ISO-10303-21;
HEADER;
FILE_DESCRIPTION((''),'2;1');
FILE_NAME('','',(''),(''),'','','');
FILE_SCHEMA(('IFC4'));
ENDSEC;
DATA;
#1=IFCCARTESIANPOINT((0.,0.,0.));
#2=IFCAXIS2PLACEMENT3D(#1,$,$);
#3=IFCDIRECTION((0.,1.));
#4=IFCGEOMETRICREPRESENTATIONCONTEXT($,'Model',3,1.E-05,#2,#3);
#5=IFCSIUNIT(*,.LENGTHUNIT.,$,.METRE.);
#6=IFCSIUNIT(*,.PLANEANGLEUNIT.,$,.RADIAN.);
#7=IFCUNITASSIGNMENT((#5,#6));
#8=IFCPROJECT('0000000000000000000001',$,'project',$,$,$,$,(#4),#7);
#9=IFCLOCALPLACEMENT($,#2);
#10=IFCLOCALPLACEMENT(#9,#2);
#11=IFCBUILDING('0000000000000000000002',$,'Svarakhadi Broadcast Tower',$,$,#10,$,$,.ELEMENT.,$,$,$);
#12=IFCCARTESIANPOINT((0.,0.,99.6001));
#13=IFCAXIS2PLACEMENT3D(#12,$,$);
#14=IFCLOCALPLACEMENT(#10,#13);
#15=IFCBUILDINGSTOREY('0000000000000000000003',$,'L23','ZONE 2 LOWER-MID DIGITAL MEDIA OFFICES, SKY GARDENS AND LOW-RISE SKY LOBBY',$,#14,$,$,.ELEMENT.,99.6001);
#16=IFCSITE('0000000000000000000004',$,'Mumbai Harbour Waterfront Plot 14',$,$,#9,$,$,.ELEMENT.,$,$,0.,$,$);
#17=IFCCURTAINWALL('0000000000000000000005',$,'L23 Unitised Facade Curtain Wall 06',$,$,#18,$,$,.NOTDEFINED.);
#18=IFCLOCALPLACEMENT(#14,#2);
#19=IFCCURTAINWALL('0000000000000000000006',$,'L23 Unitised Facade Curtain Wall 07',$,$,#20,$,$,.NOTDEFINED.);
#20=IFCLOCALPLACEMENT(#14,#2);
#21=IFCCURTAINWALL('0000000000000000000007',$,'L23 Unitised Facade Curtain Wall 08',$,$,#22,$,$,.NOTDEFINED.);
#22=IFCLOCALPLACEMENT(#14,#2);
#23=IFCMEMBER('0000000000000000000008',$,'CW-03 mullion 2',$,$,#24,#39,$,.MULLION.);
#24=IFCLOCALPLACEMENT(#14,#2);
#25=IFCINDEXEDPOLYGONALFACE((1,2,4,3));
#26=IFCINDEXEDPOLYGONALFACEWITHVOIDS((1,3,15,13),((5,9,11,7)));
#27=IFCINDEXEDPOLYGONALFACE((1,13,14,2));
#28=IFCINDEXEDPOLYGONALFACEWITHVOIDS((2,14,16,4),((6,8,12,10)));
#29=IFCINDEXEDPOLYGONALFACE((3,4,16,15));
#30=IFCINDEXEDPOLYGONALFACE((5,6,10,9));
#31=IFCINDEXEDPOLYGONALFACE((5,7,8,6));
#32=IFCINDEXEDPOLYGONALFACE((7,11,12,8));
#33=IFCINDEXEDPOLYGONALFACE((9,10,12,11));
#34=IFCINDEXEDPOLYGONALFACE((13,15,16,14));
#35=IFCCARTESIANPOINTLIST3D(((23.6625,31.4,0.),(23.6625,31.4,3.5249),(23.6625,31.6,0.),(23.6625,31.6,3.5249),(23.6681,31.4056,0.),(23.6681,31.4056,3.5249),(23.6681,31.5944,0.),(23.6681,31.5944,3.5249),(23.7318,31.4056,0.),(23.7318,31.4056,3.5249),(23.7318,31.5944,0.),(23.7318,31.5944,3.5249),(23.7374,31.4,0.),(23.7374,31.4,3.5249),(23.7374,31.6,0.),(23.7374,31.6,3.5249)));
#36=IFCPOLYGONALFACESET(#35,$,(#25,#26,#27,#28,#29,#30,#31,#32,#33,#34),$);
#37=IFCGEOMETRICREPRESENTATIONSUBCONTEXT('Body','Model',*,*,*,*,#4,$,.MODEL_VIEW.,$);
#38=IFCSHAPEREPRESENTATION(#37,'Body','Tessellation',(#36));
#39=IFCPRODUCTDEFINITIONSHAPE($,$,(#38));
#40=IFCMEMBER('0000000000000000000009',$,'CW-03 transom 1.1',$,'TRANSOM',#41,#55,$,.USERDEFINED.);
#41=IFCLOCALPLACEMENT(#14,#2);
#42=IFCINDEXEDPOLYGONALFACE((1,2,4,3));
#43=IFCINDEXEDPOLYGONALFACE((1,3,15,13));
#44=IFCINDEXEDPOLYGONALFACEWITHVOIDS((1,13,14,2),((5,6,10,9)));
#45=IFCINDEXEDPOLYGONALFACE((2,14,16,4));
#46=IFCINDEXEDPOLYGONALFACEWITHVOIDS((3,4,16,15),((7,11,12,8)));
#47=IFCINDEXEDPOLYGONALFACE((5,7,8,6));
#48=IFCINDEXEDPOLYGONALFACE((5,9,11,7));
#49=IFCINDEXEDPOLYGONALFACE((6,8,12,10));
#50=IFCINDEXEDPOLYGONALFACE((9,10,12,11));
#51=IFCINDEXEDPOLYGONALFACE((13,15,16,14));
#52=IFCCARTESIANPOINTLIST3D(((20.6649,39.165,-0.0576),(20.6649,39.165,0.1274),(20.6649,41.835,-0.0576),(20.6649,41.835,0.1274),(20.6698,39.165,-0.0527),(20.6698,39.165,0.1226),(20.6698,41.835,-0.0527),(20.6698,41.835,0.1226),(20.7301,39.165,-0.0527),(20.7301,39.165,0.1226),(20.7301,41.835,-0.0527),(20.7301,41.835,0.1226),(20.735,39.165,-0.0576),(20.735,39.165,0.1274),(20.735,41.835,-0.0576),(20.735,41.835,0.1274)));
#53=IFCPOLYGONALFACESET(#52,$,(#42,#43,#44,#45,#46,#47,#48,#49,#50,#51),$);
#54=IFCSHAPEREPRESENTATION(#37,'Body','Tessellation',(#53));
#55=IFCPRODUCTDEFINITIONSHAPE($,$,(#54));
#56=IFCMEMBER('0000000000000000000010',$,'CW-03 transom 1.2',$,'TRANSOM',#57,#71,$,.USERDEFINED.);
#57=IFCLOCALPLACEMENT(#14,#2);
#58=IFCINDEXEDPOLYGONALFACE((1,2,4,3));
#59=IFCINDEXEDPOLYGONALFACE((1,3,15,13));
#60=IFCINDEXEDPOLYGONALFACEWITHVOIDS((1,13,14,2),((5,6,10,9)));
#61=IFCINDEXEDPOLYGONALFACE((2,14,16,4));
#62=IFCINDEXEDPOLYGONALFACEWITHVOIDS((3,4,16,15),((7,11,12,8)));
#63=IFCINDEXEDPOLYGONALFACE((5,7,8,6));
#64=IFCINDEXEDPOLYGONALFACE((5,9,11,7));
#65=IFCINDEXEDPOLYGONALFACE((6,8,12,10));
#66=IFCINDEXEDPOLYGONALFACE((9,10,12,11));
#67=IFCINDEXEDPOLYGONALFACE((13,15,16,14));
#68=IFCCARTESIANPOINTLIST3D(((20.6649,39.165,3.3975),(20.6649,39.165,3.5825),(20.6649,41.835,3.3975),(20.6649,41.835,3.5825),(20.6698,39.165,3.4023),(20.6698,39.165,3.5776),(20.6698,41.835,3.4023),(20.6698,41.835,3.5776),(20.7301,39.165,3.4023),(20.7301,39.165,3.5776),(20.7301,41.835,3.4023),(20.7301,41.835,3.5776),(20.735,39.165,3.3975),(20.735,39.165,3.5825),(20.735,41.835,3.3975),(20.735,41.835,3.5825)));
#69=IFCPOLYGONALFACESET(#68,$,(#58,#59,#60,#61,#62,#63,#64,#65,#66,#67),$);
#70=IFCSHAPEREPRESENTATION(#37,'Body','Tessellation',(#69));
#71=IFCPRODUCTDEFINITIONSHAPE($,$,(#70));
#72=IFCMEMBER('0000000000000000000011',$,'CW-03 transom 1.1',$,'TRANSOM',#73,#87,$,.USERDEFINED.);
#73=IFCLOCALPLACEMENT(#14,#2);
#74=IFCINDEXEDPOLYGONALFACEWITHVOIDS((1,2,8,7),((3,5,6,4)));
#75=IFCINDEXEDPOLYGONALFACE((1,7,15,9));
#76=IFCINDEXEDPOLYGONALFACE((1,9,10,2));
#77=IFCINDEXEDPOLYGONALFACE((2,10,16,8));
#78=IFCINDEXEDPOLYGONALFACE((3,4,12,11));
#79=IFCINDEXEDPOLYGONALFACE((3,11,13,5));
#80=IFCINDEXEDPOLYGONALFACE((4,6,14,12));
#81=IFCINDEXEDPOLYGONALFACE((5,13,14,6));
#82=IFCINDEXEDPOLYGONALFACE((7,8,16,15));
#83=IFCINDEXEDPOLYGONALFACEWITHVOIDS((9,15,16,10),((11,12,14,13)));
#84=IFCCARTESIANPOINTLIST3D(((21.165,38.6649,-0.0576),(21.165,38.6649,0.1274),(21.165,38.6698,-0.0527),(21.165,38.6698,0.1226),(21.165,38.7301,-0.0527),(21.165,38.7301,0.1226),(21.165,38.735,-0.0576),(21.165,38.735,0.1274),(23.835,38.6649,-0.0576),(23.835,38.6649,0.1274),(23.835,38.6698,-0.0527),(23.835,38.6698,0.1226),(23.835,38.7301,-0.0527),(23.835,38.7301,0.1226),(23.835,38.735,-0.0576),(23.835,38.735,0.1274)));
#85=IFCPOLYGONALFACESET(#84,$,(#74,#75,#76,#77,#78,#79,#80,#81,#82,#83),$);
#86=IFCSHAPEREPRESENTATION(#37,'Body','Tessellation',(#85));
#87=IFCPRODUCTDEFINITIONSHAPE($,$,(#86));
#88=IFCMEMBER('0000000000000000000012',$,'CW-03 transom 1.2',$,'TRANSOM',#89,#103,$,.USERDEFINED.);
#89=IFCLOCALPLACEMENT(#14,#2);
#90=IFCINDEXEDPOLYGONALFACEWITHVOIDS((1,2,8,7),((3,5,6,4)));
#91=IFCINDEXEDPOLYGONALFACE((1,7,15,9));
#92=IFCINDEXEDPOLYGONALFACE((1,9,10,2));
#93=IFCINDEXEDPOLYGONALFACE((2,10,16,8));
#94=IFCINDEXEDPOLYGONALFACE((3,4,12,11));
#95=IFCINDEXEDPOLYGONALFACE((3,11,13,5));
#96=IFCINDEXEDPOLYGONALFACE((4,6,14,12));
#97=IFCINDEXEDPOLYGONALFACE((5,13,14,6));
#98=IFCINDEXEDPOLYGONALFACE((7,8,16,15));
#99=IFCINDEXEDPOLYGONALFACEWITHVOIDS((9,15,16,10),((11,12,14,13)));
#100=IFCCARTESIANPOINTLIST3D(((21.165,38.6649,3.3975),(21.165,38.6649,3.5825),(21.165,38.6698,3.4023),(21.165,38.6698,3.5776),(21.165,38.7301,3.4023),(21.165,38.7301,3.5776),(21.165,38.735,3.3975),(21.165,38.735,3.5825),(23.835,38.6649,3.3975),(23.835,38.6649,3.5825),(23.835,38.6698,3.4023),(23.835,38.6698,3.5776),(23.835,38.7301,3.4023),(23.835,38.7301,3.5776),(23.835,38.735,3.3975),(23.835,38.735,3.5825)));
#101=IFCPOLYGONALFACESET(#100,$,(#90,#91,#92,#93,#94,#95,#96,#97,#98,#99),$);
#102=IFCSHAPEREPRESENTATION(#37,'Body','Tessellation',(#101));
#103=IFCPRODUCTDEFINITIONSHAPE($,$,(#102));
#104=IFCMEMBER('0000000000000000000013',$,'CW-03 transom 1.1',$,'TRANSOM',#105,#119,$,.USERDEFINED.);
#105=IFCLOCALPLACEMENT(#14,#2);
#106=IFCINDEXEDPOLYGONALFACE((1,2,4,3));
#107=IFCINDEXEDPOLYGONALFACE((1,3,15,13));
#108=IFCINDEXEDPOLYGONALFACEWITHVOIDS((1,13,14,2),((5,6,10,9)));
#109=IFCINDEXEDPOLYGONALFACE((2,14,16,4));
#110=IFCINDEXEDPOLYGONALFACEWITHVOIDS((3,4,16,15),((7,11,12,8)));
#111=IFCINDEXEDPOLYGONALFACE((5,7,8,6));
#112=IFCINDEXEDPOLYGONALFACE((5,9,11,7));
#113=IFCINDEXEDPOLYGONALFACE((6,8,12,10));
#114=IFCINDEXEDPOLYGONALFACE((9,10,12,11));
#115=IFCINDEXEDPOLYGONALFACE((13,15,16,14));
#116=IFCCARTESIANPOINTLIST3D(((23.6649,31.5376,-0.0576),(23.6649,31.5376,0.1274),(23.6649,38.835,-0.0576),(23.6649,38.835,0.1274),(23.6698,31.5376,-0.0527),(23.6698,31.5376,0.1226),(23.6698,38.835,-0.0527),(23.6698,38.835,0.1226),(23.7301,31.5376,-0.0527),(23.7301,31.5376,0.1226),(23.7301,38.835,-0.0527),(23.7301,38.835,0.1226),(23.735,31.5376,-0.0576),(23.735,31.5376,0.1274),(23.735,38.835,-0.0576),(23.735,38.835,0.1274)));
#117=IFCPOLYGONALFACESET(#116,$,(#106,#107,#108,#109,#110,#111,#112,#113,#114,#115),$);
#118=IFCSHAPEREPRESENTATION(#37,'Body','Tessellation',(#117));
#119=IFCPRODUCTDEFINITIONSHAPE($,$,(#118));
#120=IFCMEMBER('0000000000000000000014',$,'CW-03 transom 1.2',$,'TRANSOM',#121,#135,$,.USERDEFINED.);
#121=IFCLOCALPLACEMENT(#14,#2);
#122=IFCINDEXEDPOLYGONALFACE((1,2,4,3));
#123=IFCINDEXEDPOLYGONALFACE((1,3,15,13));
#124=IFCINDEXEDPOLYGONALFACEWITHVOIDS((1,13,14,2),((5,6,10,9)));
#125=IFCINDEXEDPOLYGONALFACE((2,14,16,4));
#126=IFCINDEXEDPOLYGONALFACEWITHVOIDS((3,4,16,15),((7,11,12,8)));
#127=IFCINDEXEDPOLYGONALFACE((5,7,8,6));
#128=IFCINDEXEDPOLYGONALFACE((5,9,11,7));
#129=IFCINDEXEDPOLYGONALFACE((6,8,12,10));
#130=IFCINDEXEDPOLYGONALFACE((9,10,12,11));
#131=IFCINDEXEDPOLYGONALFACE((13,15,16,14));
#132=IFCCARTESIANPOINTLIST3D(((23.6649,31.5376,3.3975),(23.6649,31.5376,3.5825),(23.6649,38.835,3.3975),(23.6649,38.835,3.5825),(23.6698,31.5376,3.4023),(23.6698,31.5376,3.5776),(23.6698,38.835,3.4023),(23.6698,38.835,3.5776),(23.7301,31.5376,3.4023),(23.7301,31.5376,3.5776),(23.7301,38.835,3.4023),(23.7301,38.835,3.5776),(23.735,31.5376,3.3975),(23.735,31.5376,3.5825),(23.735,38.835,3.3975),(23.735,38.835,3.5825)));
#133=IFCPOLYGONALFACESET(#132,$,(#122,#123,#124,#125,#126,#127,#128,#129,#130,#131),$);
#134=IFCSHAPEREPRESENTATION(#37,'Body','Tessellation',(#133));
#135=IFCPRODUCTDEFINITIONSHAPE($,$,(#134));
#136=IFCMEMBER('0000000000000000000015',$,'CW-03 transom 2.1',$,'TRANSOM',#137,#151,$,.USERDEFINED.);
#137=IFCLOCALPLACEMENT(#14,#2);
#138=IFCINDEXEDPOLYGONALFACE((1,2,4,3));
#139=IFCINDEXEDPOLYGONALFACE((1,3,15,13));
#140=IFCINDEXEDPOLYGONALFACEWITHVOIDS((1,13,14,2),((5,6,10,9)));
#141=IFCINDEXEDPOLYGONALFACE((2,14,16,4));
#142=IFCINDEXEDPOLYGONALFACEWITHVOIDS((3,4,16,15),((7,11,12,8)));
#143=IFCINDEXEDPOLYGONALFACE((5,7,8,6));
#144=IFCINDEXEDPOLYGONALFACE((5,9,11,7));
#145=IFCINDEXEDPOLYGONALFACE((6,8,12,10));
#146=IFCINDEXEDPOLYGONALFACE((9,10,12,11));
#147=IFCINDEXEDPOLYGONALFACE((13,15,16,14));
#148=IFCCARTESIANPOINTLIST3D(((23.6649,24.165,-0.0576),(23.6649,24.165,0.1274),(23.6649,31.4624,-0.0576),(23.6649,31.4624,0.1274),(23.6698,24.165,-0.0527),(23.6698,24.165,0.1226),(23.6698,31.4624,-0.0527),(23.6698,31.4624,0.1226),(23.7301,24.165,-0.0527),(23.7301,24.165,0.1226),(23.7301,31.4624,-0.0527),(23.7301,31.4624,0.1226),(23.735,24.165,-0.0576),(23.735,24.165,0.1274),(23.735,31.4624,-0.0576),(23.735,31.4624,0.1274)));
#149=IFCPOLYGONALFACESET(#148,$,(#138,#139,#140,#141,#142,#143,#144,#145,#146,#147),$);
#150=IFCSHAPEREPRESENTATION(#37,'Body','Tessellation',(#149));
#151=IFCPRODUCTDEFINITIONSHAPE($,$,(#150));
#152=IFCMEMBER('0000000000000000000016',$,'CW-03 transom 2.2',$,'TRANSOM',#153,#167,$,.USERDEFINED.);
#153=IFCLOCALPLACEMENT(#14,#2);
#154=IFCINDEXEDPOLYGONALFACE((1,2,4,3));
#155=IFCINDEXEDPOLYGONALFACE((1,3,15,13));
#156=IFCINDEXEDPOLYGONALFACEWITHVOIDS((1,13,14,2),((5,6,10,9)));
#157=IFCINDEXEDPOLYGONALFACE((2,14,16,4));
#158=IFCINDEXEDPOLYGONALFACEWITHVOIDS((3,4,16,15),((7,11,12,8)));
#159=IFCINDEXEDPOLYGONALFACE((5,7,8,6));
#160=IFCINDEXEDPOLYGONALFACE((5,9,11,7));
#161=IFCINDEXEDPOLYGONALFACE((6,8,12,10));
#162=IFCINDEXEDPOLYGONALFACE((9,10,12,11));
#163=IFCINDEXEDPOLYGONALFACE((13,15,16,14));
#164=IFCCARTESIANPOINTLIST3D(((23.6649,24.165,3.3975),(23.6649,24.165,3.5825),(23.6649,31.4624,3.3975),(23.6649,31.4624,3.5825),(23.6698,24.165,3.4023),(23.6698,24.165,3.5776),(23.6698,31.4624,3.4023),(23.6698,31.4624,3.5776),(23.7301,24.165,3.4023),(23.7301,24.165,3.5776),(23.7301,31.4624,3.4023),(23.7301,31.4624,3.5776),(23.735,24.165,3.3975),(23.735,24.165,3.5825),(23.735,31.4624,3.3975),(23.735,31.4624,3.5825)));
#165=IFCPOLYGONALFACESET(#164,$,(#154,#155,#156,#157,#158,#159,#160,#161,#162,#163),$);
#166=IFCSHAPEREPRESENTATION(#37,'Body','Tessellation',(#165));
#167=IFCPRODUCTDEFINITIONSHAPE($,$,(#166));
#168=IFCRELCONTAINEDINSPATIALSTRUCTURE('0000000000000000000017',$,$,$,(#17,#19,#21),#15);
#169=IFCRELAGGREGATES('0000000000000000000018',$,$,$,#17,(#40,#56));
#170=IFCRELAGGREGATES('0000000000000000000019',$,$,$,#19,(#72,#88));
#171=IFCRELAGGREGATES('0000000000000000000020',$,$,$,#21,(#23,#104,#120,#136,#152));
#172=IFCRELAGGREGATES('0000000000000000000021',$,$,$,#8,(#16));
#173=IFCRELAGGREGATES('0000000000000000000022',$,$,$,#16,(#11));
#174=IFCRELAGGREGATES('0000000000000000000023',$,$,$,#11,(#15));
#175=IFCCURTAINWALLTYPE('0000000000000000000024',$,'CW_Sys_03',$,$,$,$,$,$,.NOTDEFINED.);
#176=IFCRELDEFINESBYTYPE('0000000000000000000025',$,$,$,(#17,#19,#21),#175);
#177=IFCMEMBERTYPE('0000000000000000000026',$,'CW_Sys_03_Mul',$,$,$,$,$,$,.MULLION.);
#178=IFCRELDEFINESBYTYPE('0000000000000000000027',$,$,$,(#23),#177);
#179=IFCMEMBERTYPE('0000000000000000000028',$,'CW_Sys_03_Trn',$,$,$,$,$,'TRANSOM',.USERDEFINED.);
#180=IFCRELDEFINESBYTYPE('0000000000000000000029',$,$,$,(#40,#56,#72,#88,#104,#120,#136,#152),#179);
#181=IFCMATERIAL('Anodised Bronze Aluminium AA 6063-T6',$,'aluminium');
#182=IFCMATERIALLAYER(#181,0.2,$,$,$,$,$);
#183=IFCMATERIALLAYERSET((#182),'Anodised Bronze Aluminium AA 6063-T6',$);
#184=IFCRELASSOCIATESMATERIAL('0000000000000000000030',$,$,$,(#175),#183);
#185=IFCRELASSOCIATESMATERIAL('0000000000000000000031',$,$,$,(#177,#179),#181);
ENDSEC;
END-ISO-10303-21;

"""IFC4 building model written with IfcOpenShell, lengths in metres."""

from ifc_helpers import new_model, si_unit, direction, frame, origin, origin_2d, place, context, subcontext, project, spatial, hollow_rectangle, extrude, material, layer, layer_set, material_profile, profile_set, type_object, element, aggregate, save


model = new_model("IFC4")

# Units and contexts
model_context = context("Model", 3, precision=1e-05, world=origin(), true_north=direction((0.0, 1.0)))
body_context = subcontext(model_context, "Body", "Model", "MODEL_VIEW")
ifc_project = project(units=[si_unit("LENGTHUNIT", "METRE"), si_unit("PLANEANGLEUNIT", "RADIAN")], contexts=[model_context])

# Site, building, storey
site_placement = place(None, origin())
site = spatial("IfcSite", under=ifc_project, at=site_placement, Name="Mumbai Harbour Waterfront Plot 14", CompositionType="ELEMENT", RefElevation=0.0)
building_placement = place(site_placement, origin())
building = spatial("IfcBuilding", under=site, at=building_placement, Name="Svarakhadi Broadcast Tower", CompositionType="ELEMENT")
storey_placement = place(building_placement, frame((0.0, 0.0, 99.6001)))
storey = spatial("IfcBuildingStorey", under=building, at=storey_placement, Name="L23", Description="ZONE 2 LOWER-MID DIGITAL MEDIA OFFICES, SKY GARDENS AND LOW-RISE SKY LOBBY", CompositionType="ELEMENT", Elevation=99.6001)

# Curtain walls, member
ifc_material_1 = material(Name="Anodised Bronze Aluminium AA 6063-T6", Category="aluminium")
ifc_layer_1 = layer(ifc_material_1, 0.2)
ifc_layer_set_1 = layer_set([ifc_layer_1], Name="Anodised Bronze Aluminium AA 6063-T6")
curtain_wall_type = type_object("IfcCurtainWallType", Name="CW_Sys_03", PredefinedType="NOTDEFINED", material=ifc_layer_set_1)
curtain_wall_1_placement = place(storey_placement, origin())
curtain_wall_1 = element("IfcCurtainWall", 1, at=curtain_wall_1_placement, inside=storey, type_object=curtain_wall_type, Name="L23 Unitised Facade Curtain Wall 06", PredefinedType="NOTDEFINED")
ifc_material_profile_1 = material_profile(ifc_material_1, hollow_rectangle(XDim=0.075, YDim=0.2, WallThickness=0.0056, at=origin_2d()), Name="ALU MULLION 200x75x6")
ifc_profile_set_1 = profile_set([ifc_material_profile_1], Name="Anodised Bronze Aluminium AA 6063-T6")
member_type_1 = type_object("IfcMemberType", Name="CW_Sys_03_Mul", PredefinedType="MULLION", material=ifc_profile_set_1)
curtain_wall_2_placement = place(storey_placement, origin())
curtain_wall_2 = element("IfcCurtainWall", 2, at=curtain_wall_2_placement, inside=storey, type_object=curtain_wall_type, Name="L23 Unitised Facade Curtain Wall 07", PredefinedType="NOTDEFINED")
curtain_wall_3_placement = place(storey_placement, origin())
curtain_wall_3 = element("IfcCurtainWall", 3, at=curtain_wall_3_placement, inside=storey, type_object=curtain_wall_type, Name="L23 Unitised Facade Curtain Wall 08", PredefinedType="NOTDEFINED")
member_1_placement = place(storey_placement, frame((23.7, 31.5, 0.0), z_axis=(0.0, 0.0, 1.0), x_axis=(1.0, 0.0, 0.0)))
member_1 = element("IfcMember", 4, at=member_1_placement, type_object=member_type_1, Name="CW-03 mullion 2", PredefinedType="MULLION", context=body_context, shape_type="SweptSolid", body=[
    extrude(hollow_rectangle(XDim=0.075, YDim=0.2, WallThickness=0.0056, at=origin_2d()), origin(), (0.0, 0.0, 1.0), 3.5249),
])

# Members
ifc_material_profile_2 = material_profile(ifc_material_1, hollow_rectangle(XDim=0.0701, YDim=0.1851, WallThickness=0.0049, at=origin_2d()), Name="ALU TRANSOM 185x70x5")
ifc_profile_set_2 = profile_set([ifc_material_profile_2], Name="Anodised Bronze Aluminium AA 6063-T6")
member_type_2 = type_object("IfcMemberType", Name="CW_Sys_03_Trn", ElementType="TRANSOM", PredefinedType="USERDEFINED", material=ifc_profile_set_2)
member_2_placement = place(storey_placement, frame((20.7, 41.835, 0.0349), z_axis=(0.0, -1.0, 0.0), x_axis=(1.0, 0.0, 0.0)))
member_2 = element("IfcMember", 5, at=member_2_placement, type_object=member_type_2, Name="CW-03 transom 1.1", ObjectType="TRANSOM", PredefinedType="USERDEFINED", context=body_context, shape_type="SweptSolid", body=[
    extrude(hollow_rectangle(XDim=0.0701, YDim=0.1851, WallThickness=0.0049, at=origin_2d()), origin(), (0.0, 0.0, 1.0), 2.6699),
])
member_3_placement = place(storey_placement, frame((20.7, 41.835, 3.49), z_axis=(0.0, -1.0, 0.0), x_axis=(1.0, 0.0, 0.0)))
member_3 = element("IfcMember", 6, at=member_3_placement, type_object=member_type_2, Name="CW-03 transom 1.2", ObjectType="TRANSOM", PredefinedType="USERDEFINED", context=body_context, shape_type="SweptSolid", body=[
    extrude(hollow_rectangle(XDim=0.0701, YDim=0.1851, WallThickness=0.0049, at=origin_2d()), origin(), (0.0, 0.0, 1.0), 2.6699),
])
member_4_placement = place(storey_placement, frame((21.165, 38.7, 0.0349), z_axis=(1.0, 0.0, 0.0), x_axis=(0.0, 1.0, 0.0)))
member_4 = element("IfcMember", 7, at=member_4_placement, type_object=member_type_2, Name="CW-03 transom 1.1", ObjectType="TRANSOM", PredefinedType="USERDEFINED", context=body_context, shape_type="SweptSolid", body=[
    extrude(hollow_rectangle(XDim=0.0701, YDim=0.1851, WallThickness=0.0049, at=origin_2d()), origin(), (0.0, 0.0, 1.0), 2.6699),
])
member_5_placement = place(storey_placement, frame((21.165, 38.7, 3.49), z_axis=(1.0, 0.0, 0.0), x_axis=(0.0, 1.0, 0.0)))
member_5 = element("IfcMember", 8, at=member_5_placement, type_object=member_type_2, Name="CW-03 transom 1.2", ObjectType="TRANSOM", PredefinedType="USERDEFINED", context=body_context, shape_type="SweptSolid", body=[
    extrude(hollow_rectangle(XDim=0.0701, YDim=0.1851, WallThickness=0.0049, at=origin_2d()), origin(), (0.0, 0.0, 1.0), 2.6699),
])
member_6_placement = place(storey_placement, frame((23.7, 38.835, 0.0349), z_axis=(0.0, -1.0, 0.0), x_axis=(1.0, 0.0, 0.0)))
member_6 = element("IfcMember", 9, at=member_6_placement, type_object=member_type_2, Name="CW-03 transom 1.1", ObjectType="TRANSOM", PredefinedType="USERDEFINED", context=body_context, shape_type="SweptSolid", body=[
    extrude(hollow_rectangle(XDim=0.0701, YDim=0.1851, WallThickness=0.0049, at=origin_2d()), origin(), (0.0, 0.0, 1.0), 7.2974),
])
member_7_placement = place(storey_placement, frame((23.7, 38.835, 3.49), z_axis=(0.0, -1.0, 0.0), x_axis=(1.0, 0.0, 0.0)))
member_7 = element("IfcMember", 10, at=member_7_placement, type_object=member_type_2, Name="CW-03 transom 1.2", ObjectType="TRANSOM", PredefinedType="USERDEFINED", context=body_context, shape_type="SweptSolid", body=[
    extrude(hollow_rectangle(XDim=0.0701, YDim=0.1851, WallThickness=0.0049, at=origin_2d()), origin(), (0.0, 0.0, 1.0), 7.2974),
])
member_8_placement = place(storey_placement, frame((23.7, 31.4624, 0.0349), z_axis=(0.0, -1.0, 0.0), x_axis=(1.0, 0.0, 0.0)))
member_8 = element("IfcMember", 11, at=member_8_placement, type_object=member_type_2, Name="CW-03 transom 2.1", ObjectType="TRANSOM", PredefinedType="USERDEFINED", context=body_context, shape_type="SweptSolid", body=[
    extrude(hollow_rectangle(XDim=0.0701, YDim=0.1851, WallThickness=0.0049, at=origin_2d()), origin(), (0.0, 0.0, 1.0), 7.2974),
])
member_9_placement = place(storey_placement, frame((23.7, 31.4624, 3.49), z_axis=(0.0, -1.0, 0.0), x_axis=(1.0, 0.0, 0.0)))
member_9 = element("IfcMember", 12, at=member_9_placement, type_object=member_type_2, Name="CW-03 transom 2.2", ObjectType="TRANSOM", PredefinedType="USERDEFINED", context=body_context, shape_type="SweptSolid", body=[
    extrude(hollow_rectangle(XDim=0.0701, YDim=0.1851, WallThickness=0.0049, at=origin_2d()), origin(), (0.0, 0.0, 1.0), 7.2974),
])

aggregate(curtain_wall_1, [member_2, member_3])
aggregate(curtain_wall_2, [member_4, member_5])
aggregate(curtain_wall_3, [member_1, member_6, member_7, member_8, member_9])

save(model, "model.ifc")
